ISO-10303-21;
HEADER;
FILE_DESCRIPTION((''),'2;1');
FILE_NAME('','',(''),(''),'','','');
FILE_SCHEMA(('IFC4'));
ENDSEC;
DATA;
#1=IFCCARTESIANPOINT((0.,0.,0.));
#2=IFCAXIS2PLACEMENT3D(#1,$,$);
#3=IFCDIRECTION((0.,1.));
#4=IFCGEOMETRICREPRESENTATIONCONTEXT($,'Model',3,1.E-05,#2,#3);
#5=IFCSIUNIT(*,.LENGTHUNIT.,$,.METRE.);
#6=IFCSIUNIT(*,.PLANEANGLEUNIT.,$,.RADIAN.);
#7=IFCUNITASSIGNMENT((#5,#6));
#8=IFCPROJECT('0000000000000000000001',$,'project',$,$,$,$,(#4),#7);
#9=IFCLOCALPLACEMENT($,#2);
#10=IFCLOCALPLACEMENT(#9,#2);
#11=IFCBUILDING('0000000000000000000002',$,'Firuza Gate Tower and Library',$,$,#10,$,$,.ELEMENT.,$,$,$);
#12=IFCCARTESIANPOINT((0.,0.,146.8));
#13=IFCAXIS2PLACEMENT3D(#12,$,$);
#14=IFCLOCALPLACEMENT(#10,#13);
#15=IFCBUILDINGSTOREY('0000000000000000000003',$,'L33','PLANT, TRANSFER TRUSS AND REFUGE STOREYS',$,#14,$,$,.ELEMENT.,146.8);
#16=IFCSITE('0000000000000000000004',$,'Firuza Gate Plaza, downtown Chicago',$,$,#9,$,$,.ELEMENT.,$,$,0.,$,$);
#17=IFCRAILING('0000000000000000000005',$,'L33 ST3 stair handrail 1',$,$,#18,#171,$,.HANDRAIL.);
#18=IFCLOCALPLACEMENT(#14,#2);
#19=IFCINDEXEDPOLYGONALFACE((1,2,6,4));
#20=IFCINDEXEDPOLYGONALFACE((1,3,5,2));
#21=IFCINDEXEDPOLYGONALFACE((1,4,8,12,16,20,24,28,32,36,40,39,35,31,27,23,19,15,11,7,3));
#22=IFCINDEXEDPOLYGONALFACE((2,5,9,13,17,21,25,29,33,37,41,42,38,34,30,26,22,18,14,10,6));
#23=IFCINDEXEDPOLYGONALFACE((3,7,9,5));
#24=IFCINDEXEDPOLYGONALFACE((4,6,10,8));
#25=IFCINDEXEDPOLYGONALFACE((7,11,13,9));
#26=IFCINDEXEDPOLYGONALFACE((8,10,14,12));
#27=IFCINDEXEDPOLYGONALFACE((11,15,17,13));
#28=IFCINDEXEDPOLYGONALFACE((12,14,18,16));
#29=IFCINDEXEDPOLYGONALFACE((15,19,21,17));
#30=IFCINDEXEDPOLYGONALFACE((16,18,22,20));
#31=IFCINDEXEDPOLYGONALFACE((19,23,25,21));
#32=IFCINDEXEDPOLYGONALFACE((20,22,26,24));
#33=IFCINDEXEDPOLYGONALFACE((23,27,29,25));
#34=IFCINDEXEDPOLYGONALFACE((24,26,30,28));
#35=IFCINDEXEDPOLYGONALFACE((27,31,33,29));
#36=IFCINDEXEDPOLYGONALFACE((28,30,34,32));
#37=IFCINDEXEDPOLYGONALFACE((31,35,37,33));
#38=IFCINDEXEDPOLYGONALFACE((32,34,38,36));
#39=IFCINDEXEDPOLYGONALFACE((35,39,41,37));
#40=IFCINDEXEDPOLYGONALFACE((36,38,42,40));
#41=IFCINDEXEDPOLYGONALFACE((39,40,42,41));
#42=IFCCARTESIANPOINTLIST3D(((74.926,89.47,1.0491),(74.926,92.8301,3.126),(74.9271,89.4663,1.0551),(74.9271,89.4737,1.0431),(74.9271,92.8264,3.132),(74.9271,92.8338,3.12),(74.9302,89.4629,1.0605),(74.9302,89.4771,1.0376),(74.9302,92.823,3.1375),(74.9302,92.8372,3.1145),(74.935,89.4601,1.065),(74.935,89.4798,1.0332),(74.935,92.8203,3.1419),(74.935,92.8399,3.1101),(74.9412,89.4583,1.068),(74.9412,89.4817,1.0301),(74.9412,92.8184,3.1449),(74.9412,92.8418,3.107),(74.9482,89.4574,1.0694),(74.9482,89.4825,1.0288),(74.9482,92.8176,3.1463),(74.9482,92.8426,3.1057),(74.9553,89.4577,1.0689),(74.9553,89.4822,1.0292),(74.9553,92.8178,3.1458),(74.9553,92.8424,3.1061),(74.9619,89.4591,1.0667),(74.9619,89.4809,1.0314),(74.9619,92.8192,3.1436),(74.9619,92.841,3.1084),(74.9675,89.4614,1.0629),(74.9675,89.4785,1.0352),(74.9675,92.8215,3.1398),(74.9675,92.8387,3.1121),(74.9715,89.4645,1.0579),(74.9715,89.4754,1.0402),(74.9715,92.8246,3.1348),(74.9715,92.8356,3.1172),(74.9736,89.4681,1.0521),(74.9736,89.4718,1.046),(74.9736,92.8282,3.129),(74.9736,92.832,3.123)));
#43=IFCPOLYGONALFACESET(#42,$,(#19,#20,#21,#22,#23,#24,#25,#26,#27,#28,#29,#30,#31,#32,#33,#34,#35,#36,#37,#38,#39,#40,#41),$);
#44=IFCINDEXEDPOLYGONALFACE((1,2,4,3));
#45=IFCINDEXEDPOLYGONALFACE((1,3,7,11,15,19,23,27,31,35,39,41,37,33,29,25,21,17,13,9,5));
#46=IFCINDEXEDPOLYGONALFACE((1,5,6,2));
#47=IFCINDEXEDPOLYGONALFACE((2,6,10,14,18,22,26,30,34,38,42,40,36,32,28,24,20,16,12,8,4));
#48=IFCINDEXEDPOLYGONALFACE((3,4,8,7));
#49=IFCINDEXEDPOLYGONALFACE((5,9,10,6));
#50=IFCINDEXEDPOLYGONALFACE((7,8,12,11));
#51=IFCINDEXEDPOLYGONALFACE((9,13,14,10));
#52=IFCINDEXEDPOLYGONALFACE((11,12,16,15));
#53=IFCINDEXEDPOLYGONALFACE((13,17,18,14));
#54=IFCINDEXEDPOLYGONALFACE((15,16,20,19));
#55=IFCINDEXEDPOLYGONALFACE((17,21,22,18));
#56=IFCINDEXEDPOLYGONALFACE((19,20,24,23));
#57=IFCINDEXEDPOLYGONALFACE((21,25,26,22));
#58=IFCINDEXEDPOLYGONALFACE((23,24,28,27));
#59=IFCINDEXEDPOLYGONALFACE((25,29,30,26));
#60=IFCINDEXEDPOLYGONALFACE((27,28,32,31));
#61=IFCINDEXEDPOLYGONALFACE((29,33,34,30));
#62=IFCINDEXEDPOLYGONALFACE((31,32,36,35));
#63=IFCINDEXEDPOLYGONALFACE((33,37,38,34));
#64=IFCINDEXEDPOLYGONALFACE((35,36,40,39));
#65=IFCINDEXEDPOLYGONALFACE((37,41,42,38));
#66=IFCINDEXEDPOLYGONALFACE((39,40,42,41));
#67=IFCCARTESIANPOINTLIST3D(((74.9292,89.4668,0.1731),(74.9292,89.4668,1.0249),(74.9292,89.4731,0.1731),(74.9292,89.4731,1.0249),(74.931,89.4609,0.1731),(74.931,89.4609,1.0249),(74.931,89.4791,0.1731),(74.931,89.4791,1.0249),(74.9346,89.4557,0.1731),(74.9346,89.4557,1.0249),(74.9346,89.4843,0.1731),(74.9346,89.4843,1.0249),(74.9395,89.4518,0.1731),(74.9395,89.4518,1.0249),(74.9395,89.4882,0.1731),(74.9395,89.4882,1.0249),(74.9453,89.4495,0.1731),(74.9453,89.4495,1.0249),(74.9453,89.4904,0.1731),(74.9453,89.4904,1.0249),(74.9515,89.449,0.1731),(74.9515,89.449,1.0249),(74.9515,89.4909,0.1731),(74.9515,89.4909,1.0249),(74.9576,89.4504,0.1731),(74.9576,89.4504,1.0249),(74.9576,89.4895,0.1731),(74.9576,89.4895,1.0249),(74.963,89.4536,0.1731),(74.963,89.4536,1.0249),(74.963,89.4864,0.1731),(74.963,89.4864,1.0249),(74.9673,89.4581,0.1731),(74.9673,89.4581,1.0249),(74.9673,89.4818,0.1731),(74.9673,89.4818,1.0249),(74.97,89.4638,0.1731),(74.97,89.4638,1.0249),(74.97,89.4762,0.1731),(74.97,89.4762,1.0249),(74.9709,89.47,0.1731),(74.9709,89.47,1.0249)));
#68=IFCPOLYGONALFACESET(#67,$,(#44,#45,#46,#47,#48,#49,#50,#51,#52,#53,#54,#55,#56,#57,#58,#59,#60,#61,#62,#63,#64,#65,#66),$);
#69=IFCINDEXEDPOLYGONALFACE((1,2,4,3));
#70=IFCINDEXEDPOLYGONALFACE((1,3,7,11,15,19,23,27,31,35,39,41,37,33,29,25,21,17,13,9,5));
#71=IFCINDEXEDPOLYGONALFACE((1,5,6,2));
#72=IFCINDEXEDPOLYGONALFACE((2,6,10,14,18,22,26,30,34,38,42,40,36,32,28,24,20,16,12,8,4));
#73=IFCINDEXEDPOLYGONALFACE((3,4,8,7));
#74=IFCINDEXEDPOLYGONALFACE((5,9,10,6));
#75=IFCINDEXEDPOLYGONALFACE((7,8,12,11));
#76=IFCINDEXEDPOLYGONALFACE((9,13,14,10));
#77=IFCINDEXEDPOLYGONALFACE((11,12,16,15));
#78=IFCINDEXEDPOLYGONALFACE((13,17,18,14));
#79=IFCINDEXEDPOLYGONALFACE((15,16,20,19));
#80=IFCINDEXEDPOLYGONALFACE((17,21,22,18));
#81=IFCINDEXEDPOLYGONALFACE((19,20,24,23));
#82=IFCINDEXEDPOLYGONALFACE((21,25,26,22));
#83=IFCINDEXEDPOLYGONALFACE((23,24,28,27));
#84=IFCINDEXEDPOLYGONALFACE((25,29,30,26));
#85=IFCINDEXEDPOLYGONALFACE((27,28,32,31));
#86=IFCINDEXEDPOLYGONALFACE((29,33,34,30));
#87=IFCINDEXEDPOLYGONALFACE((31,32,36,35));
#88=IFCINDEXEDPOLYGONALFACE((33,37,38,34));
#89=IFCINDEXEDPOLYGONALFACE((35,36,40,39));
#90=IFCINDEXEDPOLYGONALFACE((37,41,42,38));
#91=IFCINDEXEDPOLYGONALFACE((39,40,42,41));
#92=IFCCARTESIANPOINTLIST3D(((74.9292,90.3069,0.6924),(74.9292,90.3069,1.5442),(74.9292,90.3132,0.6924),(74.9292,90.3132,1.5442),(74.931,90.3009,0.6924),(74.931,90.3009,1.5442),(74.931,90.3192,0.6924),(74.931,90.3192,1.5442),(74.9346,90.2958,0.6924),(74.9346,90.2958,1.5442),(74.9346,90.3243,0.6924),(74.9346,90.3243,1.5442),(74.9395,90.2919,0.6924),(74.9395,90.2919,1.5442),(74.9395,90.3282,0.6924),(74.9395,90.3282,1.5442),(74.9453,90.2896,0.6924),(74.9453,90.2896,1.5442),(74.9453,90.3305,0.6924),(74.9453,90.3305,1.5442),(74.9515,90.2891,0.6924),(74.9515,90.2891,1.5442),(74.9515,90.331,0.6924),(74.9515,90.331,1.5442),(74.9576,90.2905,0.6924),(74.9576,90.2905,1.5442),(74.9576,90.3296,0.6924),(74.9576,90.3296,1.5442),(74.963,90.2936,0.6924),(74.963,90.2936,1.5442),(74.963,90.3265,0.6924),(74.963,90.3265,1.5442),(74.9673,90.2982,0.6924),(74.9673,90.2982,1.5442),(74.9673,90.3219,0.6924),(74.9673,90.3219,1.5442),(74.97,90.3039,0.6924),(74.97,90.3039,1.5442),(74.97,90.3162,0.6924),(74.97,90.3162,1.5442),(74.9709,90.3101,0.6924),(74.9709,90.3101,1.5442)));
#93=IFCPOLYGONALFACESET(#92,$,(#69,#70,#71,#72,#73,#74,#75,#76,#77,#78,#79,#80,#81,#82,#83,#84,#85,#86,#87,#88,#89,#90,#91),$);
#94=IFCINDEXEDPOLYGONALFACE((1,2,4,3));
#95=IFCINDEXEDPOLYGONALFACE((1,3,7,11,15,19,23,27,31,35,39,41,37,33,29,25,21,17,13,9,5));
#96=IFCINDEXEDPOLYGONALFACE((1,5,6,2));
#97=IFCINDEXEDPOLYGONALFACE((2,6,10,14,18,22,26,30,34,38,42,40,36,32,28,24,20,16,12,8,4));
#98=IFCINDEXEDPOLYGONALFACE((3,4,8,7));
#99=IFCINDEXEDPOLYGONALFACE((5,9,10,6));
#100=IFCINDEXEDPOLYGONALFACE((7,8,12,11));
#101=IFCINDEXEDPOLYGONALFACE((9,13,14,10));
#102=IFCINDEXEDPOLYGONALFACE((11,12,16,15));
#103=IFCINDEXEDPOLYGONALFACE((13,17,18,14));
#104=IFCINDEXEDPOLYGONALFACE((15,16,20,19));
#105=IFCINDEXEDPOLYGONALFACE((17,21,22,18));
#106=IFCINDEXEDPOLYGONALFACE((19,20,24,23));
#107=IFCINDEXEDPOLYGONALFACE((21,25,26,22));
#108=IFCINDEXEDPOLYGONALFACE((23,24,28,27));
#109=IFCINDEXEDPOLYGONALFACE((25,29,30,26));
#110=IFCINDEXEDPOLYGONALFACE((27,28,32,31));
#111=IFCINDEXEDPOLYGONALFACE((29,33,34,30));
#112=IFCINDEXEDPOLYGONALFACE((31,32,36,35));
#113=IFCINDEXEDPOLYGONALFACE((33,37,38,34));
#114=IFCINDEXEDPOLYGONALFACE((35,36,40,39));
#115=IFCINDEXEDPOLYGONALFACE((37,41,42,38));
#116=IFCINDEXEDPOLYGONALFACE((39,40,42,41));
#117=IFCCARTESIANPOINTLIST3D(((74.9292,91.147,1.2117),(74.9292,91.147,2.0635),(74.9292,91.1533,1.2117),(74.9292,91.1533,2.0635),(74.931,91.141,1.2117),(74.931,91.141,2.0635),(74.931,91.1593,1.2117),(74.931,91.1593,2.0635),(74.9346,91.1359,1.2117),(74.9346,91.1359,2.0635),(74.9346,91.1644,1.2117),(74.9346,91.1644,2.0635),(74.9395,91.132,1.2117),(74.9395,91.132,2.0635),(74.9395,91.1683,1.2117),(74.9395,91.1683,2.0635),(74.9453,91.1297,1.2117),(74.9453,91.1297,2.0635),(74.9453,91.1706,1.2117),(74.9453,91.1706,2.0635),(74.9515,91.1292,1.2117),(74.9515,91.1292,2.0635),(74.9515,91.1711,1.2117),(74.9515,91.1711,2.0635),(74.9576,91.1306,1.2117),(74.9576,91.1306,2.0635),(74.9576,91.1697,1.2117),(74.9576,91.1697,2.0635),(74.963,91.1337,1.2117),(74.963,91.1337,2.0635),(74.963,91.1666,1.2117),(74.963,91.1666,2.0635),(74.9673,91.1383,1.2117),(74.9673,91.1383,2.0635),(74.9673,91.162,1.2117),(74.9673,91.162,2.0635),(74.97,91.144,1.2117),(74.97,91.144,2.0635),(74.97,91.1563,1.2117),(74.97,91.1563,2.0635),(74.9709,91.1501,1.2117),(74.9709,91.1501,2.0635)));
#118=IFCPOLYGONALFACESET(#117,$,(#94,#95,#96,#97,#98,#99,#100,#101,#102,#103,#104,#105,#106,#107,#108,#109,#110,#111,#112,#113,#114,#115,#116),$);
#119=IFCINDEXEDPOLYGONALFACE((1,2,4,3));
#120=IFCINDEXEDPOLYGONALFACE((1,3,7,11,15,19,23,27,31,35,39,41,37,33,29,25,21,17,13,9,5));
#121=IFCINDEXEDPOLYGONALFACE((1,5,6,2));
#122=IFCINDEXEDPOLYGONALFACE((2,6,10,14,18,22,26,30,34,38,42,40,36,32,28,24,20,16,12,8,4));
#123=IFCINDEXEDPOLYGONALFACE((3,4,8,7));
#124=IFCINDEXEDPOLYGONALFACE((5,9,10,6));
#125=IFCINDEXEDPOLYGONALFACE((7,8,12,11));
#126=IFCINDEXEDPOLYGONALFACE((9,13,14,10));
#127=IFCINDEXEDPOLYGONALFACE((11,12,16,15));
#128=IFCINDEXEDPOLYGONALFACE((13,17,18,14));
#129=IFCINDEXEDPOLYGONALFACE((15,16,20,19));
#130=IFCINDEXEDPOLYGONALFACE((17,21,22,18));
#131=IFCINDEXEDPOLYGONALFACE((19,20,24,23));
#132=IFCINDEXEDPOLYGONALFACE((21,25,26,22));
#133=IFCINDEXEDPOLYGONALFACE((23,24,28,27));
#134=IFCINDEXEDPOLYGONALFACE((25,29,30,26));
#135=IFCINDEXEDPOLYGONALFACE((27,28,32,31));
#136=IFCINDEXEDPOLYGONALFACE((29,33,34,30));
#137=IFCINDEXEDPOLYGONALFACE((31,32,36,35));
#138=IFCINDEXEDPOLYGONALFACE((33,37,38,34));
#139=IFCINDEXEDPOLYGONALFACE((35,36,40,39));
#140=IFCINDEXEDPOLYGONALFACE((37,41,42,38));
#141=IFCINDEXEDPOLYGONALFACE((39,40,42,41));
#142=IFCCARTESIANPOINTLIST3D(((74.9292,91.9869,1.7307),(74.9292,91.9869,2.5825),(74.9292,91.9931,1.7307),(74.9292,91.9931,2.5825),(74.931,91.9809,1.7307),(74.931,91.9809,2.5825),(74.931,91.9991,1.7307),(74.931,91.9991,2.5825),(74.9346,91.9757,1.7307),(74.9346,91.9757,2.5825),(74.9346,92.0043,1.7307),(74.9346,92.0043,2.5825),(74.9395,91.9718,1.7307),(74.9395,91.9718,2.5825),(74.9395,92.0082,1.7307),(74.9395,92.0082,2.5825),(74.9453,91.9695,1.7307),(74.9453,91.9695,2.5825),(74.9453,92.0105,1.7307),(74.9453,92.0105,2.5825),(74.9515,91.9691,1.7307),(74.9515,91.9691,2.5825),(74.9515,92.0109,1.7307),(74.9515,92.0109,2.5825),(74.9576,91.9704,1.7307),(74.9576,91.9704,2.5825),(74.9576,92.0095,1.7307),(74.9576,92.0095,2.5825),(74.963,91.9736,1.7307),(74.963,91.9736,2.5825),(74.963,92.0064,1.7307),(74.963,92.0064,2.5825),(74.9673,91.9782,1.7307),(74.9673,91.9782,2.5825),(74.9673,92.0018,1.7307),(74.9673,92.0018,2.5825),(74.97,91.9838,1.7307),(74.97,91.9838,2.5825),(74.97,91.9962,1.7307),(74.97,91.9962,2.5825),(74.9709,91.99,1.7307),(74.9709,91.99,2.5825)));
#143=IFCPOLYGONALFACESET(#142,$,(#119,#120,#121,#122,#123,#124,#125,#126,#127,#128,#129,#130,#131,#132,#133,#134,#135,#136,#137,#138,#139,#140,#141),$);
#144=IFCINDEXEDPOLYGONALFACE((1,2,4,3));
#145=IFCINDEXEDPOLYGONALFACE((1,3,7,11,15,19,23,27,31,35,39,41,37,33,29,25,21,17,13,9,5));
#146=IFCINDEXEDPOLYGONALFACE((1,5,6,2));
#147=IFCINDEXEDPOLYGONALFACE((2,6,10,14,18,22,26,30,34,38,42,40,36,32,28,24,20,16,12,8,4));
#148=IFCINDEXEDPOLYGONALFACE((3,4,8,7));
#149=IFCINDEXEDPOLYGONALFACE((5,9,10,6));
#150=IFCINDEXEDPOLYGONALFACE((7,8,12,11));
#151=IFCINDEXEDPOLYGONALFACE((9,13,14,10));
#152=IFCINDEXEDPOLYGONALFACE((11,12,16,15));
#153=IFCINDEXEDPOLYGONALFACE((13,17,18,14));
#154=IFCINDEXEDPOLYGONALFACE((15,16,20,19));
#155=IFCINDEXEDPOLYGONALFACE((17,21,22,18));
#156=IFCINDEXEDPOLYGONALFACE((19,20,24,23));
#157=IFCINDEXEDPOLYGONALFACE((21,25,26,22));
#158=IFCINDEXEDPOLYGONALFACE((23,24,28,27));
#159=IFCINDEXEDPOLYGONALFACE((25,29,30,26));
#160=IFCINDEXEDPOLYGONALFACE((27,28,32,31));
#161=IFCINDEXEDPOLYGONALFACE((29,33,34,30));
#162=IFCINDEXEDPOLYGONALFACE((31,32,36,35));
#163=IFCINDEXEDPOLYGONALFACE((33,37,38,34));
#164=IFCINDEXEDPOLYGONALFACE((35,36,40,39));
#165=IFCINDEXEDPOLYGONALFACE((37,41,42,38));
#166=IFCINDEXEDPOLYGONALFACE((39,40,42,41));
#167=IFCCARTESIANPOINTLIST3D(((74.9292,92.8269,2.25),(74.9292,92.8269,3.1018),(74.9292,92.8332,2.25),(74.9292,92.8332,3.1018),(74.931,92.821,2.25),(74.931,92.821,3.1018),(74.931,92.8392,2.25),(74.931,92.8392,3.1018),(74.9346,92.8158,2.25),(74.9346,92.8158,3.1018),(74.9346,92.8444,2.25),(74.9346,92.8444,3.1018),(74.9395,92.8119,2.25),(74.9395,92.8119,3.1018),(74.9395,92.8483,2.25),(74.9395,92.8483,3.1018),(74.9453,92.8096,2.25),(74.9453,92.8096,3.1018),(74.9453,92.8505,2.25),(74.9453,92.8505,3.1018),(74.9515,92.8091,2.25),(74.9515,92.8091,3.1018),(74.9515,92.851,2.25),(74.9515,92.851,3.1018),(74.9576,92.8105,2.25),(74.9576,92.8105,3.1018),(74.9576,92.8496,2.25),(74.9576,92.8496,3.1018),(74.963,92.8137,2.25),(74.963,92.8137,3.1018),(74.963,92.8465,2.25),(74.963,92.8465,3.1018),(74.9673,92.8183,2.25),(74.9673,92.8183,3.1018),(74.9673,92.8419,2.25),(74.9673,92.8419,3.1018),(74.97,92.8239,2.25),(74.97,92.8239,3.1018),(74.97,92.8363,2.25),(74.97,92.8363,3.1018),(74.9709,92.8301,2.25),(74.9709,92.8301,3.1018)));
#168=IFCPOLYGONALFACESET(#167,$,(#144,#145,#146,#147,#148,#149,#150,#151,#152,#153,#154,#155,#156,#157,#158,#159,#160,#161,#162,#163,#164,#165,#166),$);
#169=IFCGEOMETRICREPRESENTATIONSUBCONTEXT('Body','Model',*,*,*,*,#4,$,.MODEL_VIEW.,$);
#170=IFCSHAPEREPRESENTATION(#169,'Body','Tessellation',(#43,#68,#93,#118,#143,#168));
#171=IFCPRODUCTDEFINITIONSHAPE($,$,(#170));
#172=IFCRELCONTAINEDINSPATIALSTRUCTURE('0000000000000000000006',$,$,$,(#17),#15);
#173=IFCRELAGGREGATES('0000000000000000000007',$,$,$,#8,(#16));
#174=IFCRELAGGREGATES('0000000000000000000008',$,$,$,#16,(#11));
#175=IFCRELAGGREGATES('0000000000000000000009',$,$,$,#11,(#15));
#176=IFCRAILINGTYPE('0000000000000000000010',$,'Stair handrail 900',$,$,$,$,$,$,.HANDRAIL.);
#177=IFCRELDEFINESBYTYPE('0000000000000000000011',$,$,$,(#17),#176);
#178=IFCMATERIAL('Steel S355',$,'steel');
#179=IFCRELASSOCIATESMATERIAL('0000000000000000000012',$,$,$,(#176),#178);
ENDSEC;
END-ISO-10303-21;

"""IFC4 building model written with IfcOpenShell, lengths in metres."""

from ifc_helpers import new_model, si_unit, direction, frame, origin, origin_2d, place, context, subcontext, project, spatial, circle, extrude, material, type_object, element, save


model = new_model("IFC4")

# Units and contexts
model_context = context("Model", 3, precision=1e-05, world=origin(), true_north=direction((0.0, 1.0)))
body_context = subcontext(model_context, "Body", "Model", "MODEL_VIEW")
ifc_project = project(units=[si_unit("LENGTHUNIT", "METRE"), si_unit("PLANEANGLEUNIT", "RADIAN")], contexts=[model_context])

# Site, building, storey
site_placement = place(None, origin())
site = spatial("IfcSite", under=ifc_project, at=site_placement, Name="Firuza Gate Plaza, downtown Chicago", CompositionType="ELEMENT", RefElevation=0.0)
building_placement = place(site_placement, origin())
building = spatial("IfcBuilding", under=site, at=building_placement, Name="Firuza Gate Tower and Library", CompositionType="ELEMENT")
storey_placement = place(building_placement, frame((0.0, 0.0, 146.8)))
storey = spatial("IfcBuildingStorey", under=building, at=storey_placement, Name="L33", Description="PLANT, TRANSFER TRUSS AND REFUGE STOREYS", CompositionType="ELEMENT", Elevation=146.8)

# Railing
ifc_material_1 = material(Name="Steel S355", Category="steel")
railing_type = type_object("IfcRailingType", Name="Stair handrail 900", PredefinedType="HANDRAIL", material=ifc_material_1)
railing_placement = place(storey_placement, frame((74.95, 89.47, 0.1731)))
element("IfcRailing", 1, at=railing_placement, inside=storey, type_object=railing_type, Name="L33 ST3 stair handrail 1", PredefinedType="HANDRAIL", context=body_context, shape_type="SweptSolid", body=[
    extrude(circle(Radius=0.0239, at=origin_2d()), frame((0.0, 0.0, 0.876), z_axis=(0.0, 0.850623, 0.525776), x_axis=(-1.0, 0.0, 0.0)), (0.0, 0.0, 1.0), 3.9502),
    extrude(circle(Radius=0.021, at=origin_2d()), origin(), (0.0, 0.0, 1.0), 0.8518),
    extrude(circle(Radius=0.021, at=origin_2d()), frame((0.0, 0.8401, 0.5193)), (0.0, 0.0, 1.0), 0.8518),
    extrude(circle(Radius=0.021, at=origin_2d()), frame((0.0, 1.6802, 1.0386)), (0.0, 0.0, 1.0), 0.8518),
    extrude(circle(Radius=0.021, at=origin_2d()), frame((0.0, 2.52, 1.5576)), (0.0, 0.0, 1.0), 0.8518),
    extrude(circle(Radius=0.021, at=origin_2d()), frame((0.0, 3.3601, 2.0769)), (0.0, 0.0, 1.0), 0.8518),
])

save(model, "model.ifc")
